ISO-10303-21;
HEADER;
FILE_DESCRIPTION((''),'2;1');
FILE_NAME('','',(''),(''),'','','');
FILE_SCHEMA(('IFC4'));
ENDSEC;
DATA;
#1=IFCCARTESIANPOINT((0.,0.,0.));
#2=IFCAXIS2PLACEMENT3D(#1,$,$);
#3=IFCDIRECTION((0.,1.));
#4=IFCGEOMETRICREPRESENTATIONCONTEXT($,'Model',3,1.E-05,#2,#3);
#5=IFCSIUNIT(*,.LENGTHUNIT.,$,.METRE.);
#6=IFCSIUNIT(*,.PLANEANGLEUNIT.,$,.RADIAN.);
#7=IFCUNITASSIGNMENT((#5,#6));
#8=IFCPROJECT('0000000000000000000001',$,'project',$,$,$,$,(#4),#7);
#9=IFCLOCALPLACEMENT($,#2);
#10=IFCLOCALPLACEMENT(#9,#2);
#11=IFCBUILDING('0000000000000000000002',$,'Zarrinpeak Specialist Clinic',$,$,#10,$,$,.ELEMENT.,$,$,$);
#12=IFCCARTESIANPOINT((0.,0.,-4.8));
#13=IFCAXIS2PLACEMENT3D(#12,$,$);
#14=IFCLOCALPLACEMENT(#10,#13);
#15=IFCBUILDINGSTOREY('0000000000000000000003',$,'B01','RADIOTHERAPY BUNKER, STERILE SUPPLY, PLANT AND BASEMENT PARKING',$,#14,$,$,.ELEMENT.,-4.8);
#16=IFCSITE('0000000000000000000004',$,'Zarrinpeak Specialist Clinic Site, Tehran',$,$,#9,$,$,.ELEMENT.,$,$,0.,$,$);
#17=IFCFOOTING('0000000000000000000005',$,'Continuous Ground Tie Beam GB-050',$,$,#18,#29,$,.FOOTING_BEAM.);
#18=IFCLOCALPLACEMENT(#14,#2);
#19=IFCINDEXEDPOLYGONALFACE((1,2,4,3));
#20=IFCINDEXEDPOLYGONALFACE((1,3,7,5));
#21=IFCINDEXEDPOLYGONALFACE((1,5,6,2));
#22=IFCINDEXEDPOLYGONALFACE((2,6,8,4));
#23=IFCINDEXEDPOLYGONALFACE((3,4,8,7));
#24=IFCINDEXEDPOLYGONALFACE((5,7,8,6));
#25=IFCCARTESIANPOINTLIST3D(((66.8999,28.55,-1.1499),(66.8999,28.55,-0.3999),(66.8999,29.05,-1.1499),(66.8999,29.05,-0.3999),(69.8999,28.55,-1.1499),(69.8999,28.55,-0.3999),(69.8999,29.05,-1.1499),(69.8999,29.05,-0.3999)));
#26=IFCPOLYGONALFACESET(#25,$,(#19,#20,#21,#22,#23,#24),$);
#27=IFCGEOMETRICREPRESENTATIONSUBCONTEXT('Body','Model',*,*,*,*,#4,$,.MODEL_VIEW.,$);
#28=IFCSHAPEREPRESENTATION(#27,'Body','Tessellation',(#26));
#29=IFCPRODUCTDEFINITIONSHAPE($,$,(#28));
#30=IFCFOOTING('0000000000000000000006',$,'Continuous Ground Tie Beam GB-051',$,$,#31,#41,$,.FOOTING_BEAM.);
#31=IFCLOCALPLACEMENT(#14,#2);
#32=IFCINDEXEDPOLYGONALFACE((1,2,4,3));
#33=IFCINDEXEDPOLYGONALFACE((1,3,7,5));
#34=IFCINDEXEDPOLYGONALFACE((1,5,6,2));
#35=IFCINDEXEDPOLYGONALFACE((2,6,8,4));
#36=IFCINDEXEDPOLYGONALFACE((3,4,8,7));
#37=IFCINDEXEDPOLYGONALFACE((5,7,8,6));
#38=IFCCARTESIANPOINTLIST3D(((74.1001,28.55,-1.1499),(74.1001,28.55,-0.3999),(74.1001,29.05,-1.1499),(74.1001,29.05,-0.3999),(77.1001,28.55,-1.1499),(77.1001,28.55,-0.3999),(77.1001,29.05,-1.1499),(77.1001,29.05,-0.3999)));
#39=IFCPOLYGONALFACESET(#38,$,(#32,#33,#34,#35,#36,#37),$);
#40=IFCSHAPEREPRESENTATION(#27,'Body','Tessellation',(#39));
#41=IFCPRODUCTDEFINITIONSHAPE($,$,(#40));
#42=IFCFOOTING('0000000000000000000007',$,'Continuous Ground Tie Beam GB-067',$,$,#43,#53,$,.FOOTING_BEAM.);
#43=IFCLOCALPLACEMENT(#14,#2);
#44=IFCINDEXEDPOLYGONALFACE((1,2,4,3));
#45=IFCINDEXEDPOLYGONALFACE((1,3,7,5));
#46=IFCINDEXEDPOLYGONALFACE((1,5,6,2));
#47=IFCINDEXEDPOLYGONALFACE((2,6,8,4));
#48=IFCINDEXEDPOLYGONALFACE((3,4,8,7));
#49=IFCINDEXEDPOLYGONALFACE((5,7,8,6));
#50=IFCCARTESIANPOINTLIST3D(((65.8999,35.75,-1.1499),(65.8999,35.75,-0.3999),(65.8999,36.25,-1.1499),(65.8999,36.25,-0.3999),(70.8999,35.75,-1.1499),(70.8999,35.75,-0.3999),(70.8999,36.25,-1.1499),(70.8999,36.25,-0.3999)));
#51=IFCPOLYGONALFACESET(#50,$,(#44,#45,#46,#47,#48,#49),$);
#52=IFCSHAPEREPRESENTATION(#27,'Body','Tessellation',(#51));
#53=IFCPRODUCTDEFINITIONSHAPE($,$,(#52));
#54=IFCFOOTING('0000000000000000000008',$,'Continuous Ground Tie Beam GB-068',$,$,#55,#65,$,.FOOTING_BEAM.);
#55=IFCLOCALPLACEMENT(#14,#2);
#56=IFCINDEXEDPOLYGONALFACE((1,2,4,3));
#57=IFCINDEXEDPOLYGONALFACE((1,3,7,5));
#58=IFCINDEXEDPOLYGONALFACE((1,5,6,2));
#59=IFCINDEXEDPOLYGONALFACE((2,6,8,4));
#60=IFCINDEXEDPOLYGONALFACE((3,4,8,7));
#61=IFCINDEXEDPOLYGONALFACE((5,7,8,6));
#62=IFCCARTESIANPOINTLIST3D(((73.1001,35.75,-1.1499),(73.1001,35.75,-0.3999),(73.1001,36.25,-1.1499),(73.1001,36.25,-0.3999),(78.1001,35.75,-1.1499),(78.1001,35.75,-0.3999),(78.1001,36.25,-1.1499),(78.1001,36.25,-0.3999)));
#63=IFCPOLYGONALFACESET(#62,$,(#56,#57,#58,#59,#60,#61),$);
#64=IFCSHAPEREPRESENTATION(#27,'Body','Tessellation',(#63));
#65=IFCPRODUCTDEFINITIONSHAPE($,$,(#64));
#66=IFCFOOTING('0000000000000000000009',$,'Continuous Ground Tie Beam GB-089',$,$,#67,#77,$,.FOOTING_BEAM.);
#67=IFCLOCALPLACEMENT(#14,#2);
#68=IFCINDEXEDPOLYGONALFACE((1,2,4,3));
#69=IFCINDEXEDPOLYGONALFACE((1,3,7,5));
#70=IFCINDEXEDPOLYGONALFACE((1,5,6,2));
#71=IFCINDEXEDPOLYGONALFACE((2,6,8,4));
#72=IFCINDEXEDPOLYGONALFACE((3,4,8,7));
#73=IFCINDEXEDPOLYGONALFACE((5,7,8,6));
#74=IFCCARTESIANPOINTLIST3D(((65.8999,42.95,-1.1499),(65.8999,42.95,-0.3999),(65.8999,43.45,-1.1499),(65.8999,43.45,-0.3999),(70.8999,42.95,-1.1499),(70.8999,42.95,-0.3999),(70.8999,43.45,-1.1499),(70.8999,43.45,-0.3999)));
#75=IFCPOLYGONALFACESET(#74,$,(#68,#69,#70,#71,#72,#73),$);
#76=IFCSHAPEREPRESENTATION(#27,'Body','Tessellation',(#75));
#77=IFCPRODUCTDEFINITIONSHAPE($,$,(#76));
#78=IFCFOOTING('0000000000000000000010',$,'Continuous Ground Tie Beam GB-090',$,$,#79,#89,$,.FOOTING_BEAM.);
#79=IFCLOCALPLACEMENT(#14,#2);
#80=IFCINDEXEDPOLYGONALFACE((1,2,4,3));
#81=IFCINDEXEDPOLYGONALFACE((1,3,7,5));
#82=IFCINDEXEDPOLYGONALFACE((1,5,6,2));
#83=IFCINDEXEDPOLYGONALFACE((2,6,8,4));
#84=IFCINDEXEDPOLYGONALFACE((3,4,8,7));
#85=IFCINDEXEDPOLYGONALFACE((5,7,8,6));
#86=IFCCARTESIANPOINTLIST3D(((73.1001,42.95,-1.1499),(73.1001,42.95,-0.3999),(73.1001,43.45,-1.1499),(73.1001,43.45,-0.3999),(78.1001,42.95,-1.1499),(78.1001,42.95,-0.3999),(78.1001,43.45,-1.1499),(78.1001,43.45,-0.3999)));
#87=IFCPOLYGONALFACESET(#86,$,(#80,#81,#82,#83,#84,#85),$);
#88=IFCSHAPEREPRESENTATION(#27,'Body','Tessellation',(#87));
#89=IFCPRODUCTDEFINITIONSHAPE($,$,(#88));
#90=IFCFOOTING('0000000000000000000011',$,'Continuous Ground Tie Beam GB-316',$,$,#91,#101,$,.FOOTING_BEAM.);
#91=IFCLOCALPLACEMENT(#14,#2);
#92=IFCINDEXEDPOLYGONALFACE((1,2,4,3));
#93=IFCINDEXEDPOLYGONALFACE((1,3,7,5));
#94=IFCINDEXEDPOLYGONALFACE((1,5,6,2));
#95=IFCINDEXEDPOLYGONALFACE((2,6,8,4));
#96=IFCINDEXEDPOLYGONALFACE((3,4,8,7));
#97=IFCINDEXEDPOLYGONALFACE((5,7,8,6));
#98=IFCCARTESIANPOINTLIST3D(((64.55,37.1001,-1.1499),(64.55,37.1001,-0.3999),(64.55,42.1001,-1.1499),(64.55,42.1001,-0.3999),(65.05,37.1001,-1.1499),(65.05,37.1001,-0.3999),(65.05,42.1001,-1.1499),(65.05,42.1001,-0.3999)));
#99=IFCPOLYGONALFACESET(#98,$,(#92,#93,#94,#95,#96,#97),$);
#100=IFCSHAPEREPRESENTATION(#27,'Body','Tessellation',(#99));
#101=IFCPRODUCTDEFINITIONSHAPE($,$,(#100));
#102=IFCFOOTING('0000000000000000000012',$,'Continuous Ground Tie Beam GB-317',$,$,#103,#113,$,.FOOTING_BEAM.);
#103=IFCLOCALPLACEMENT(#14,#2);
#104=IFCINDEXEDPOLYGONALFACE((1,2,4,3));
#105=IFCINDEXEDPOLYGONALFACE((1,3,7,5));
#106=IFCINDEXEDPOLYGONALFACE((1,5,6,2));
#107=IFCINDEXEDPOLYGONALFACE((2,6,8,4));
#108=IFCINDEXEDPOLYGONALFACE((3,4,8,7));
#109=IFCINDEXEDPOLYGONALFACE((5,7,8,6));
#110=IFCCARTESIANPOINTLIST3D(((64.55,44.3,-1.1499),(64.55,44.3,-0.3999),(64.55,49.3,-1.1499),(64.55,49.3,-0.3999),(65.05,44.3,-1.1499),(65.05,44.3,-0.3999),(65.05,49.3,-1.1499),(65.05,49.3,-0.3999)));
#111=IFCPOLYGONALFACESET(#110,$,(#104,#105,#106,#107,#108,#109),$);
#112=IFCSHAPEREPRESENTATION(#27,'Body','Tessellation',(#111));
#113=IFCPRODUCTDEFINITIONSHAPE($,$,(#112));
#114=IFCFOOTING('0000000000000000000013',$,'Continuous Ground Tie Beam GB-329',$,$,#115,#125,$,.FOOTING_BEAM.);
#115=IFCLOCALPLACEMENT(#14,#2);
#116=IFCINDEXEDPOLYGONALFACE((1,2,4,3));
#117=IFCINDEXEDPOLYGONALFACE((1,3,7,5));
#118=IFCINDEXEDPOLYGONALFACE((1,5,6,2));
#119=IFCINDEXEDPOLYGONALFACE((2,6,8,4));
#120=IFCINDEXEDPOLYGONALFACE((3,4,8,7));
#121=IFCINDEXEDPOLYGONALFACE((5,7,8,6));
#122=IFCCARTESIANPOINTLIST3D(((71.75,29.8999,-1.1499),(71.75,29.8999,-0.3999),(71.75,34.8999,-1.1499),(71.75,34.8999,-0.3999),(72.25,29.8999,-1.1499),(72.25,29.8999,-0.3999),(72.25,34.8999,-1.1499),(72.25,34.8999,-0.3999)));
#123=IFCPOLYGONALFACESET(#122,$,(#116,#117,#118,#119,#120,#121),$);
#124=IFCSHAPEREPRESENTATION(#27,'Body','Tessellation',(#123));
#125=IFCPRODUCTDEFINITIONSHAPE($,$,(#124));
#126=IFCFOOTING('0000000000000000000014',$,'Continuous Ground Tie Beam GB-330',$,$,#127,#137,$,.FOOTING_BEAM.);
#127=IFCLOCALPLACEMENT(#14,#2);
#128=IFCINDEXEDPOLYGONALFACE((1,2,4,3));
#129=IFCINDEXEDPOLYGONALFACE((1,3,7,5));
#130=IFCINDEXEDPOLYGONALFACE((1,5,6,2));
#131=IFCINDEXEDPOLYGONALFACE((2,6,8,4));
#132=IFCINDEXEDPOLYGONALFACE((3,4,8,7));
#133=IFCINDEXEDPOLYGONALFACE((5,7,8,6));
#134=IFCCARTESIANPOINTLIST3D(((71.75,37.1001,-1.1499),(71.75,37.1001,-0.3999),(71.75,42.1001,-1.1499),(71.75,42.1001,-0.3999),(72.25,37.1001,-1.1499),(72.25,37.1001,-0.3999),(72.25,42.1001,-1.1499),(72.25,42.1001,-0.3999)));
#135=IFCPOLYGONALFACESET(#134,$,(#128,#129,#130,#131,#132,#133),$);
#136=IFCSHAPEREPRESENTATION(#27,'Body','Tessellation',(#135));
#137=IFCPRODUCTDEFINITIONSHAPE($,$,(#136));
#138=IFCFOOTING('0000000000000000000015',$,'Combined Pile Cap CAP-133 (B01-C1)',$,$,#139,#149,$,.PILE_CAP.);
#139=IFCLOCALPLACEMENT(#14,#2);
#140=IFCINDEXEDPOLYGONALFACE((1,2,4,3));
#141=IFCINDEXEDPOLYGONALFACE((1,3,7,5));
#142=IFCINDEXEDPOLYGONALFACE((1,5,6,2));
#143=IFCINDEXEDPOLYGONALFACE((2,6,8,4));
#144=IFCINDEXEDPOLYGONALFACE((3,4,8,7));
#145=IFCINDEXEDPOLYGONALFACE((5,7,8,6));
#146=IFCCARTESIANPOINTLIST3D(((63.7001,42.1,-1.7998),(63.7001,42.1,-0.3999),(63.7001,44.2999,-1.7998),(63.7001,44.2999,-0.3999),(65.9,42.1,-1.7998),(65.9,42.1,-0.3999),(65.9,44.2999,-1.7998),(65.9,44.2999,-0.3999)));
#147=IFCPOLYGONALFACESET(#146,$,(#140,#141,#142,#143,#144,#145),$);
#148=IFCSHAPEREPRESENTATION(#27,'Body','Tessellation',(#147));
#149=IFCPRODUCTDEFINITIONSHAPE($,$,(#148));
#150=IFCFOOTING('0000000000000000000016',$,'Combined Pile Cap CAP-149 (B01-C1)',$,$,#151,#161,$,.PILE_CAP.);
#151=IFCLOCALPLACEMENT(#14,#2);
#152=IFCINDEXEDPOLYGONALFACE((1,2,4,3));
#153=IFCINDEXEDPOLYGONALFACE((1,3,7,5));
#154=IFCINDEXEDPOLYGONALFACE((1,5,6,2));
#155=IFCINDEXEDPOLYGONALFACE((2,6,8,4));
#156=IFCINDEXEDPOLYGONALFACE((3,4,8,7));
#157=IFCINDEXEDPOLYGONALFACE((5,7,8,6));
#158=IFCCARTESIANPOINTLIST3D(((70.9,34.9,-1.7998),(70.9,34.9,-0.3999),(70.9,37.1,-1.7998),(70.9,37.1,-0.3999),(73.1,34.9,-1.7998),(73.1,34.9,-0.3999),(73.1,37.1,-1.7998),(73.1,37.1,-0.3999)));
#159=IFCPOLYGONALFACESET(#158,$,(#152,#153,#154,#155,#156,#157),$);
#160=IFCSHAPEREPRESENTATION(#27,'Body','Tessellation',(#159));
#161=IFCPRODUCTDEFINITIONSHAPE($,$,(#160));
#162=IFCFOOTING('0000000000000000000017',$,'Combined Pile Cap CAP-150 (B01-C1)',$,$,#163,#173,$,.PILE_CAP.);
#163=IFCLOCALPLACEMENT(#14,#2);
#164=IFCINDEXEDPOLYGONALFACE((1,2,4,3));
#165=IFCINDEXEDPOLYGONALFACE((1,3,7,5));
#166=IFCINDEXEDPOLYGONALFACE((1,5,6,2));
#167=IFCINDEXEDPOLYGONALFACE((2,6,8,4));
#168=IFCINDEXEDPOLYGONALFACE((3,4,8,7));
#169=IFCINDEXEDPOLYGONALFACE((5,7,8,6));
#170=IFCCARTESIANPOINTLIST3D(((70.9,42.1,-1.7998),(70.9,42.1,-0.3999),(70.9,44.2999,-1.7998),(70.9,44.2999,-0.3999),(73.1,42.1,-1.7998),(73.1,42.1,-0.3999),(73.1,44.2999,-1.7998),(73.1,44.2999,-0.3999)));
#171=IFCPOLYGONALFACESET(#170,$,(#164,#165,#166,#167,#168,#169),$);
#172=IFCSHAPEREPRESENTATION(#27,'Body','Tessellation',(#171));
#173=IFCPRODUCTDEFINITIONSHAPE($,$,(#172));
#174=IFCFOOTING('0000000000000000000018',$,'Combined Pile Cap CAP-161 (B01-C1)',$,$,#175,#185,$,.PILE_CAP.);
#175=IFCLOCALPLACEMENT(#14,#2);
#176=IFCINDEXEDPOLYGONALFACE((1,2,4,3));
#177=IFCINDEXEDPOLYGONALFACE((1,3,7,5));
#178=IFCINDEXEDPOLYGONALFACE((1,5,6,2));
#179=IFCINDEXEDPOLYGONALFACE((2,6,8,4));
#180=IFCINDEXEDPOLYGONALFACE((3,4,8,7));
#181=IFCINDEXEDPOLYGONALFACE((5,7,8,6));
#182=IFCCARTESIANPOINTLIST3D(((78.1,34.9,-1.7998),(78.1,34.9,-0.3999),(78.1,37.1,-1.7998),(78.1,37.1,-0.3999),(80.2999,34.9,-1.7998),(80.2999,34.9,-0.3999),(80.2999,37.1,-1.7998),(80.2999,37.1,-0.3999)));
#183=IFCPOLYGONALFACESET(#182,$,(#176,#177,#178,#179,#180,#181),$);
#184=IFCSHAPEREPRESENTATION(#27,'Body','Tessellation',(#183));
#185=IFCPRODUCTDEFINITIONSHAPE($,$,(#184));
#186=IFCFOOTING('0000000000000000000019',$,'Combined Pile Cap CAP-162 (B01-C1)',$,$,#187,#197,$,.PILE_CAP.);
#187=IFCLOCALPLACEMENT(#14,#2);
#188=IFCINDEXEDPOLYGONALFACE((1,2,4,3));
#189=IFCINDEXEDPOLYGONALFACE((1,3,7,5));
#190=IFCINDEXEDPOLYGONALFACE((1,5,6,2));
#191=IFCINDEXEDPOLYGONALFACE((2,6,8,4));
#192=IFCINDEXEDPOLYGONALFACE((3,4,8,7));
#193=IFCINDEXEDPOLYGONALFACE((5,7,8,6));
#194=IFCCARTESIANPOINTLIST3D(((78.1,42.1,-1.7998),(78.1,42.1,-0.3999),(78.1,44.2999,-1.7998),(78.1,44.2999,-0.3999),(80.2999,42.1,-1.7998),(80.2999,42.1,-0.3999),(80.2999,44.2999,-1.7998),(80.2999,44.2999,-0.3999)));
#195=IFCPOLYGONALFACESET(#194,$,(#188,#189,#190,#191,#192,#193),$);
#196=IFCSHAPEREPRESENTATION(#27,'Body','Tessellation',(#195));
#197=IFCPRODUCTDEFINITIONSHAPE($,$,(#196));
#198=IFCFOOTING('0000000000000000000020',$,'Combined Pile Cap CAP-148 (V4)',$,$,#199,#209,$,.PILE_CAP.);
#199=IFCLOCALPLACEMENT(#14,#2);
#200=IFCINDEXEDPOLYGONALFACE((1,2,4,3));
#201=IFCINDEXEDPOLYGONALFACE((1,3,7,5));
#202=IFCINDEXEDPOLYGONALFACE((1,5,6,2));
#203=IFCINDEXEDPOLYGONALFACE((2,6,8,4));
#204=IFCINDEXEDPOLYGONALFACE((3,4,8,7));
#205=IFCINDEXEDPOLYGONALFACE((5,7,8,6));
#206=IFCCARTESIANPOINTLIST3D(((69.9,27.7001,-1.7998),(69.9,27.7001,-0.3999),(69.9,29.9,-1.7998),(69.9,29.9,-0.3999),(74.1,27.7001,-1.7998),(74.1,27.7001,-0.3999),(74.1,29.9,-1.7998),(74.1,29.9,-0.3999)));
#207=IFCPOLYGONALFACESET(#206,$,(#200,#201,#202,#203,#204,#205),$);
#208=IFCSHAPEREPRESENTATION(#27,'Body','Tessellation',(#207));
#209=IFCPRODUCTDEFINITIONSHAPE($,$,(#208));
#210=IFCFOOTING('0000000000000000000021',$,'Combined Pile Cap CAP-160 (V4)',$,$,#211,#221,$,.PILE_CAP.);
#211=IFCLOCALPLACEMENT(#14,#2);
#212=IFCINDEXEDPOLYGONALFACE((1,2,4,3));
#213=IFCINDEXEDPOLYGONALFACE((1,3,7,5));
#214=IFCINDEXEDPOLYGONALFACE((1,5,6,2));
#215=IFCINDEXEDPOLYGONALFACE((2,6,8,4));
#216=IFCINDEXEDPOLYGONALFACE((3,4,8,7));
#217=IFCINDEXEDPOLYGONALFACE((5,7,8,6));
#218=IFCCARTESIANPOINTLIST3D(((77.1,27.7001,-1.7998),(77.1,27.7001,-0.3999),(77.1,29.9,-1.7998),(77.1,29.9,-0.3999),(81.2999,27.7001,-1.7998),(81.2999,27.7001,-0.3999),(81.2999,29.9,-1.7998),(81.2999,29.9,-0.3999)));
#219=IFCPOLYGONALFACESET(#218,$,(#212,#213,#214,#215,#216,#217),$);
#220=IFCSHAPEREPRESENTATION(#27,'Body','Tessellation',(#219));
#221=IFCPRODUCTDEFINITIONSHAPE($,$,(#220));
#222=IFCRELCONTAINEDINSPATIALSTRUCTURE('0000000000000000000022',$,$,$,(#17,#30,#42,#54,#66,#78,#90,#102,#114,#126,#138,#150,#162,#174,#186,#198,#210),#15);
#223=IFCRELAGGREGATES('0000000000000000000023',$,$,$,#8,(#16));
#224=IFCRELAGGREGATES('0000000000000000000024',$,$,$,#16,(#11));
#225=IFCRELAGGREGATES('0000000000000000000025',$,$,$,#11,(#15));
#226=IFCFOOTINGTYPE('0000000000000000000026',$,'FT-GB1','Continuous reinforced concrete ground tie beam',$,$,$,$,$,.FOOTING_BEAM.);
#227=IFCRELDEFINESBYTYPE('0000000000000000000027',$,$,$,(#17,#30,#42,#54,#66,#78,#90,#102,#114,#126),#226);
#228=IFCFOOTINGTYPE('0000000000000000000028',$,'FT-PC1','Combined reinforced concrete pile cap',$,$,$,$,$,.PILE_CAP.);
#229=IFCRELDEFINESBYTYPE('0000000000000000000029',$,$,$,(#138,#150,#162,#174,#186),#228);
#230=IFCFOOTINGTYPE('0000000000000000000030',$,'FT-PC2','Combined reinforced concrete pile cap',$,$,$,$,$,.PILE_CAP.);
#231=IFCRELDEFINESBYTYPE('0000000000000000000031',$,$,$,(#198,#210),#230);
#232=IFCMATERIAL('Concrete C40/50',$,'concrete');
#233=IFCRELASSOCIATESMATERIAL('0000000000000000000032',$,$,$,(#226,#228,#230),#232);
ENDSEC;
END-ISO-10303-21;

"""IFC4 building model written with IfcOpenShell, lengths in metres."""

from ifc_helpers import new_model, si_unit, direction, frame, origin, origin_2d, place, context, subcontext, project, spatial, rectangle, extrude, material, material_profile, profile_set, type_object, element, save


model = new_model("IFC4")

# Units and contexts
model_context = context("Model", 3, precision=1e-05, world=origin(), true_north=direction((0.0, 1.0)))
body_context = subcontext(model_context, "Body", "Model", "MODEL_VIEW")
ifc_project = project(units=[si_unit("LENGTHUNIT", "METRE"), si_unit("PLANEANGLEUNIT", "RADIAN")], contexts=[model_context])

# Site, building, storey
site_placement = place(None, origin())
site = spatial("IfcSite", under=ifc_project, at=site_placement, Name="Zarrinpeak Specialist Clinic Site, Tehran", CompositionType="ELEMENT", RefElevation=0.0)
building_placement = place(site_placement, origin())
building = spatial("IfcBuilding", under=site, at=building_placement, Name="Zarrinpeak Specialist Clinic", CompositionType="ELEMENT")
storey_placement = place(building_placement, frame((0.0, 0.0, -4.8)))
storey = spatial("IfcBuildingStorey", under=building, at=storey_placement, Name="B01", Description="RADIOTHERAPY BUNKER, STERILE SUPPLY, PLANT AND BASEMENT PARKING", CompositionType="ELEMENT", Elevation=-4.8)

# Footings
ifc_material = material(Name="Concrete C40/50", Category="concrete")
ifc_material_profile_1 = material_profile(ifc_material, rectangle(XDim=0.5, YDim=0.75, at=origin_2d()), Name="RC 500x750")
ifc_profile_set_1 = profile_set([ifc_material_profile_1], Name="Concrete C40/50")
footing_type_1 = type_object("IfcFootingType", Name="FT-GB1", Description="Continuous reinforced concrete ground tie beam", PredefinedType="FOOTING_BEAM", material=ifc_profile_set_1)
for number, where, z_axis, x_axis, name in (
    (1, (66.8999, 28.8, -0.7749), (1.0, 0.0, 0.0), (0.0, 1.0, 0.0), "Continuous Ground Tie Beam GB-050"),
    (2, (74.1001, 28.8, -0.7749), (1.0, 0.0, 0.0), (0.0, 1.0, 0.0), "Continuous Ground Tie Beam GB-051"),
):
    element("IfcFooting", number, at=place(storey_placement, frame(where, z_axis=z_axis, x_axis=x_axis)), inside=storey, type_object=footing_type_1, Name=name, PredefinedType="FOOTING_BEAM", context=body_context, shape_type="SweptSolid", body=[
        extrude(rectangle(XDim=0.5, YDim=0.75, at=origin_2d()), origin(), (0.0, 0.0, 1.0), 3.0),
    ])
for number, where, z_axis, x_axis, name in (
    (3, (65.8999, 36.0, -0.7749), (1.0, 0.0, 0.0), (0.0, 1.0, 0.0), "Continuous Ground Tie Beam GB-067"),
    (4, (73.1001, 36.0, -0.7749), (1.0, 0.0, 0.0), (0.0, 1.0, 0.0), "Continuous Ground Tie Beam GB-068"),
    (5, (65.8999, 43.2, -0.7749), (1.0, 0.0, 0.0), (0.0, 1.0, 0.0), "Continuous Ground Tie Beam GB-089"),
    (6, (73.1001, 43.2, -0.7749), (1.0, 0.0, 0.0), (0.0, 1.0, 0.0), "Continuous Ground Tie Beam GB-090"),
    (7, (64.8, 37.1001, -0.7749), (0.0, 1.0, 0.0), (-1.0, 0.0, 0.0), "Continuous Ground Tie Beam GB-316"),
    (8, (64.8, 44.3, -0.7749), (0.0, 1.0, 0.0), (-1.0, 0.0, 0.0), "Continuous Ground Tie Beam GB-317"),
    (9, (72.0, 29.8999, -0.7749), (0.0, 1.0, 0.0), (-1.0, 0.0, 0.0), "Continuous Ground Tie Beam GB-329"),
    (10, (72.0, 37.1001, -0.7749), (0.0, 1.0, 0.0), (-1.0, 0.0, 0.0), "Continuous Ground Tie Beam GB-330"),
):
    element("IfcFooting", number, at=place(storey_placement, frame(where, z_axis=z_axis, x_axis=x_axis)), inside=storey, type_object=footing_type_1, Name=name, PredefinedType="FOOTING_BEAM", context=body_context, shape_type="SweptSolid", body=[
        extrude(rectangle(XDim=0.5, YDim=0.75, at=origin_2d()), origin(), (0.0, 0.0, 1.0), 5.0),
    ])
footing_type_2 = type_object("IfcFootingType", Name="FT-PC1", Description="Combined reinforced concrete pile cap", PredefinedType="PILE_CAP", material=ifc_material)
for number, where, z_axis, x_axis, name in (
    (11, (64.8, 43.2, -1.7998), (0.0, 0.0, 1.0), (1.0, 0.0, 0.0), "Combined Pile Cap CAP-133 (B01-C1)"),
    (12, (72.0, 36.0, -1.7998), (0.0, 0.0, 1.0), (1.0, 0.0, 0.0), "Combined Pile Cap CAP-149 (B01-C1)"),
    (13, (72.0, 43.2, -1.7998), (0.0, 0.0, 1.0), (1.0, 0.0, 0.0), "Combined Pile Cap CAP-150 (B01-C1)"),
    (14, (79.2, 36.0, -1.7998), (0.0, 0.0, 1.0), (1.0, 0.0, 0.0), "Combined Pile Cap CAP-161 (B01-C1)"),
    (15, (79.2, 43.2, -1.7998), (0.0, 0.0, 1.0), (1.0, 0.0, 0.0), "Combined Pile Cap CAP-162 (B01-C1)"),
):
    element("IfcFooting", number, at=place(storey_placement, frame(where, z_axis=z_axis, x_axis=x_axis)), inside=storey, type_object=footing_type_2, Name=name, PredefinedType="PILE_CAP", context=body_context, shape_type="SweptSolid", body=[
        extrude(rectangle(XDim=2.2, YDim=2.2, at=origin_2d()), origin(), (0.0, 0.0, 1.0), 1.3999),
    ])
footing_type_3 = type_object("IfcFootingType", Name="FT-PC2", Description="Combined reinforced concrete pile cap", PredefinedType="PILE_CAP", material=ifc_material)
for number, where, z_axis, x_axis, name in (
    (16, (72.0, 28.8, -1.7998), (0.0, 0.0, 1.0), (1.0, 0.0, 0.0), "Combined Pile Cap CAP-148 (V4)"),
    (17, (79.2, 28.8, -1.7998), (0.0, 0.0, 1.0), (1.0, 0.0, 0.0), "Combined Pile Cap CAP-160 (V4)"),
):
    element("IfcFooting", number, at=place(storey_placement, frame(where, z_axis=z_axis, x_axis=x_axis)), inside=storey, type_object=footing_type_3, Name=name, PredefinedType="PILE_CAP", context=body_context, shape_type="SweptSolid", body=[
        extrude(rectangle(XDim=4.2, YDim=2.2, at=origin_2d()), origin(), (0.0, 0.0, 1.0), 1.3999),
    ])

save(model, "model.ifc")
